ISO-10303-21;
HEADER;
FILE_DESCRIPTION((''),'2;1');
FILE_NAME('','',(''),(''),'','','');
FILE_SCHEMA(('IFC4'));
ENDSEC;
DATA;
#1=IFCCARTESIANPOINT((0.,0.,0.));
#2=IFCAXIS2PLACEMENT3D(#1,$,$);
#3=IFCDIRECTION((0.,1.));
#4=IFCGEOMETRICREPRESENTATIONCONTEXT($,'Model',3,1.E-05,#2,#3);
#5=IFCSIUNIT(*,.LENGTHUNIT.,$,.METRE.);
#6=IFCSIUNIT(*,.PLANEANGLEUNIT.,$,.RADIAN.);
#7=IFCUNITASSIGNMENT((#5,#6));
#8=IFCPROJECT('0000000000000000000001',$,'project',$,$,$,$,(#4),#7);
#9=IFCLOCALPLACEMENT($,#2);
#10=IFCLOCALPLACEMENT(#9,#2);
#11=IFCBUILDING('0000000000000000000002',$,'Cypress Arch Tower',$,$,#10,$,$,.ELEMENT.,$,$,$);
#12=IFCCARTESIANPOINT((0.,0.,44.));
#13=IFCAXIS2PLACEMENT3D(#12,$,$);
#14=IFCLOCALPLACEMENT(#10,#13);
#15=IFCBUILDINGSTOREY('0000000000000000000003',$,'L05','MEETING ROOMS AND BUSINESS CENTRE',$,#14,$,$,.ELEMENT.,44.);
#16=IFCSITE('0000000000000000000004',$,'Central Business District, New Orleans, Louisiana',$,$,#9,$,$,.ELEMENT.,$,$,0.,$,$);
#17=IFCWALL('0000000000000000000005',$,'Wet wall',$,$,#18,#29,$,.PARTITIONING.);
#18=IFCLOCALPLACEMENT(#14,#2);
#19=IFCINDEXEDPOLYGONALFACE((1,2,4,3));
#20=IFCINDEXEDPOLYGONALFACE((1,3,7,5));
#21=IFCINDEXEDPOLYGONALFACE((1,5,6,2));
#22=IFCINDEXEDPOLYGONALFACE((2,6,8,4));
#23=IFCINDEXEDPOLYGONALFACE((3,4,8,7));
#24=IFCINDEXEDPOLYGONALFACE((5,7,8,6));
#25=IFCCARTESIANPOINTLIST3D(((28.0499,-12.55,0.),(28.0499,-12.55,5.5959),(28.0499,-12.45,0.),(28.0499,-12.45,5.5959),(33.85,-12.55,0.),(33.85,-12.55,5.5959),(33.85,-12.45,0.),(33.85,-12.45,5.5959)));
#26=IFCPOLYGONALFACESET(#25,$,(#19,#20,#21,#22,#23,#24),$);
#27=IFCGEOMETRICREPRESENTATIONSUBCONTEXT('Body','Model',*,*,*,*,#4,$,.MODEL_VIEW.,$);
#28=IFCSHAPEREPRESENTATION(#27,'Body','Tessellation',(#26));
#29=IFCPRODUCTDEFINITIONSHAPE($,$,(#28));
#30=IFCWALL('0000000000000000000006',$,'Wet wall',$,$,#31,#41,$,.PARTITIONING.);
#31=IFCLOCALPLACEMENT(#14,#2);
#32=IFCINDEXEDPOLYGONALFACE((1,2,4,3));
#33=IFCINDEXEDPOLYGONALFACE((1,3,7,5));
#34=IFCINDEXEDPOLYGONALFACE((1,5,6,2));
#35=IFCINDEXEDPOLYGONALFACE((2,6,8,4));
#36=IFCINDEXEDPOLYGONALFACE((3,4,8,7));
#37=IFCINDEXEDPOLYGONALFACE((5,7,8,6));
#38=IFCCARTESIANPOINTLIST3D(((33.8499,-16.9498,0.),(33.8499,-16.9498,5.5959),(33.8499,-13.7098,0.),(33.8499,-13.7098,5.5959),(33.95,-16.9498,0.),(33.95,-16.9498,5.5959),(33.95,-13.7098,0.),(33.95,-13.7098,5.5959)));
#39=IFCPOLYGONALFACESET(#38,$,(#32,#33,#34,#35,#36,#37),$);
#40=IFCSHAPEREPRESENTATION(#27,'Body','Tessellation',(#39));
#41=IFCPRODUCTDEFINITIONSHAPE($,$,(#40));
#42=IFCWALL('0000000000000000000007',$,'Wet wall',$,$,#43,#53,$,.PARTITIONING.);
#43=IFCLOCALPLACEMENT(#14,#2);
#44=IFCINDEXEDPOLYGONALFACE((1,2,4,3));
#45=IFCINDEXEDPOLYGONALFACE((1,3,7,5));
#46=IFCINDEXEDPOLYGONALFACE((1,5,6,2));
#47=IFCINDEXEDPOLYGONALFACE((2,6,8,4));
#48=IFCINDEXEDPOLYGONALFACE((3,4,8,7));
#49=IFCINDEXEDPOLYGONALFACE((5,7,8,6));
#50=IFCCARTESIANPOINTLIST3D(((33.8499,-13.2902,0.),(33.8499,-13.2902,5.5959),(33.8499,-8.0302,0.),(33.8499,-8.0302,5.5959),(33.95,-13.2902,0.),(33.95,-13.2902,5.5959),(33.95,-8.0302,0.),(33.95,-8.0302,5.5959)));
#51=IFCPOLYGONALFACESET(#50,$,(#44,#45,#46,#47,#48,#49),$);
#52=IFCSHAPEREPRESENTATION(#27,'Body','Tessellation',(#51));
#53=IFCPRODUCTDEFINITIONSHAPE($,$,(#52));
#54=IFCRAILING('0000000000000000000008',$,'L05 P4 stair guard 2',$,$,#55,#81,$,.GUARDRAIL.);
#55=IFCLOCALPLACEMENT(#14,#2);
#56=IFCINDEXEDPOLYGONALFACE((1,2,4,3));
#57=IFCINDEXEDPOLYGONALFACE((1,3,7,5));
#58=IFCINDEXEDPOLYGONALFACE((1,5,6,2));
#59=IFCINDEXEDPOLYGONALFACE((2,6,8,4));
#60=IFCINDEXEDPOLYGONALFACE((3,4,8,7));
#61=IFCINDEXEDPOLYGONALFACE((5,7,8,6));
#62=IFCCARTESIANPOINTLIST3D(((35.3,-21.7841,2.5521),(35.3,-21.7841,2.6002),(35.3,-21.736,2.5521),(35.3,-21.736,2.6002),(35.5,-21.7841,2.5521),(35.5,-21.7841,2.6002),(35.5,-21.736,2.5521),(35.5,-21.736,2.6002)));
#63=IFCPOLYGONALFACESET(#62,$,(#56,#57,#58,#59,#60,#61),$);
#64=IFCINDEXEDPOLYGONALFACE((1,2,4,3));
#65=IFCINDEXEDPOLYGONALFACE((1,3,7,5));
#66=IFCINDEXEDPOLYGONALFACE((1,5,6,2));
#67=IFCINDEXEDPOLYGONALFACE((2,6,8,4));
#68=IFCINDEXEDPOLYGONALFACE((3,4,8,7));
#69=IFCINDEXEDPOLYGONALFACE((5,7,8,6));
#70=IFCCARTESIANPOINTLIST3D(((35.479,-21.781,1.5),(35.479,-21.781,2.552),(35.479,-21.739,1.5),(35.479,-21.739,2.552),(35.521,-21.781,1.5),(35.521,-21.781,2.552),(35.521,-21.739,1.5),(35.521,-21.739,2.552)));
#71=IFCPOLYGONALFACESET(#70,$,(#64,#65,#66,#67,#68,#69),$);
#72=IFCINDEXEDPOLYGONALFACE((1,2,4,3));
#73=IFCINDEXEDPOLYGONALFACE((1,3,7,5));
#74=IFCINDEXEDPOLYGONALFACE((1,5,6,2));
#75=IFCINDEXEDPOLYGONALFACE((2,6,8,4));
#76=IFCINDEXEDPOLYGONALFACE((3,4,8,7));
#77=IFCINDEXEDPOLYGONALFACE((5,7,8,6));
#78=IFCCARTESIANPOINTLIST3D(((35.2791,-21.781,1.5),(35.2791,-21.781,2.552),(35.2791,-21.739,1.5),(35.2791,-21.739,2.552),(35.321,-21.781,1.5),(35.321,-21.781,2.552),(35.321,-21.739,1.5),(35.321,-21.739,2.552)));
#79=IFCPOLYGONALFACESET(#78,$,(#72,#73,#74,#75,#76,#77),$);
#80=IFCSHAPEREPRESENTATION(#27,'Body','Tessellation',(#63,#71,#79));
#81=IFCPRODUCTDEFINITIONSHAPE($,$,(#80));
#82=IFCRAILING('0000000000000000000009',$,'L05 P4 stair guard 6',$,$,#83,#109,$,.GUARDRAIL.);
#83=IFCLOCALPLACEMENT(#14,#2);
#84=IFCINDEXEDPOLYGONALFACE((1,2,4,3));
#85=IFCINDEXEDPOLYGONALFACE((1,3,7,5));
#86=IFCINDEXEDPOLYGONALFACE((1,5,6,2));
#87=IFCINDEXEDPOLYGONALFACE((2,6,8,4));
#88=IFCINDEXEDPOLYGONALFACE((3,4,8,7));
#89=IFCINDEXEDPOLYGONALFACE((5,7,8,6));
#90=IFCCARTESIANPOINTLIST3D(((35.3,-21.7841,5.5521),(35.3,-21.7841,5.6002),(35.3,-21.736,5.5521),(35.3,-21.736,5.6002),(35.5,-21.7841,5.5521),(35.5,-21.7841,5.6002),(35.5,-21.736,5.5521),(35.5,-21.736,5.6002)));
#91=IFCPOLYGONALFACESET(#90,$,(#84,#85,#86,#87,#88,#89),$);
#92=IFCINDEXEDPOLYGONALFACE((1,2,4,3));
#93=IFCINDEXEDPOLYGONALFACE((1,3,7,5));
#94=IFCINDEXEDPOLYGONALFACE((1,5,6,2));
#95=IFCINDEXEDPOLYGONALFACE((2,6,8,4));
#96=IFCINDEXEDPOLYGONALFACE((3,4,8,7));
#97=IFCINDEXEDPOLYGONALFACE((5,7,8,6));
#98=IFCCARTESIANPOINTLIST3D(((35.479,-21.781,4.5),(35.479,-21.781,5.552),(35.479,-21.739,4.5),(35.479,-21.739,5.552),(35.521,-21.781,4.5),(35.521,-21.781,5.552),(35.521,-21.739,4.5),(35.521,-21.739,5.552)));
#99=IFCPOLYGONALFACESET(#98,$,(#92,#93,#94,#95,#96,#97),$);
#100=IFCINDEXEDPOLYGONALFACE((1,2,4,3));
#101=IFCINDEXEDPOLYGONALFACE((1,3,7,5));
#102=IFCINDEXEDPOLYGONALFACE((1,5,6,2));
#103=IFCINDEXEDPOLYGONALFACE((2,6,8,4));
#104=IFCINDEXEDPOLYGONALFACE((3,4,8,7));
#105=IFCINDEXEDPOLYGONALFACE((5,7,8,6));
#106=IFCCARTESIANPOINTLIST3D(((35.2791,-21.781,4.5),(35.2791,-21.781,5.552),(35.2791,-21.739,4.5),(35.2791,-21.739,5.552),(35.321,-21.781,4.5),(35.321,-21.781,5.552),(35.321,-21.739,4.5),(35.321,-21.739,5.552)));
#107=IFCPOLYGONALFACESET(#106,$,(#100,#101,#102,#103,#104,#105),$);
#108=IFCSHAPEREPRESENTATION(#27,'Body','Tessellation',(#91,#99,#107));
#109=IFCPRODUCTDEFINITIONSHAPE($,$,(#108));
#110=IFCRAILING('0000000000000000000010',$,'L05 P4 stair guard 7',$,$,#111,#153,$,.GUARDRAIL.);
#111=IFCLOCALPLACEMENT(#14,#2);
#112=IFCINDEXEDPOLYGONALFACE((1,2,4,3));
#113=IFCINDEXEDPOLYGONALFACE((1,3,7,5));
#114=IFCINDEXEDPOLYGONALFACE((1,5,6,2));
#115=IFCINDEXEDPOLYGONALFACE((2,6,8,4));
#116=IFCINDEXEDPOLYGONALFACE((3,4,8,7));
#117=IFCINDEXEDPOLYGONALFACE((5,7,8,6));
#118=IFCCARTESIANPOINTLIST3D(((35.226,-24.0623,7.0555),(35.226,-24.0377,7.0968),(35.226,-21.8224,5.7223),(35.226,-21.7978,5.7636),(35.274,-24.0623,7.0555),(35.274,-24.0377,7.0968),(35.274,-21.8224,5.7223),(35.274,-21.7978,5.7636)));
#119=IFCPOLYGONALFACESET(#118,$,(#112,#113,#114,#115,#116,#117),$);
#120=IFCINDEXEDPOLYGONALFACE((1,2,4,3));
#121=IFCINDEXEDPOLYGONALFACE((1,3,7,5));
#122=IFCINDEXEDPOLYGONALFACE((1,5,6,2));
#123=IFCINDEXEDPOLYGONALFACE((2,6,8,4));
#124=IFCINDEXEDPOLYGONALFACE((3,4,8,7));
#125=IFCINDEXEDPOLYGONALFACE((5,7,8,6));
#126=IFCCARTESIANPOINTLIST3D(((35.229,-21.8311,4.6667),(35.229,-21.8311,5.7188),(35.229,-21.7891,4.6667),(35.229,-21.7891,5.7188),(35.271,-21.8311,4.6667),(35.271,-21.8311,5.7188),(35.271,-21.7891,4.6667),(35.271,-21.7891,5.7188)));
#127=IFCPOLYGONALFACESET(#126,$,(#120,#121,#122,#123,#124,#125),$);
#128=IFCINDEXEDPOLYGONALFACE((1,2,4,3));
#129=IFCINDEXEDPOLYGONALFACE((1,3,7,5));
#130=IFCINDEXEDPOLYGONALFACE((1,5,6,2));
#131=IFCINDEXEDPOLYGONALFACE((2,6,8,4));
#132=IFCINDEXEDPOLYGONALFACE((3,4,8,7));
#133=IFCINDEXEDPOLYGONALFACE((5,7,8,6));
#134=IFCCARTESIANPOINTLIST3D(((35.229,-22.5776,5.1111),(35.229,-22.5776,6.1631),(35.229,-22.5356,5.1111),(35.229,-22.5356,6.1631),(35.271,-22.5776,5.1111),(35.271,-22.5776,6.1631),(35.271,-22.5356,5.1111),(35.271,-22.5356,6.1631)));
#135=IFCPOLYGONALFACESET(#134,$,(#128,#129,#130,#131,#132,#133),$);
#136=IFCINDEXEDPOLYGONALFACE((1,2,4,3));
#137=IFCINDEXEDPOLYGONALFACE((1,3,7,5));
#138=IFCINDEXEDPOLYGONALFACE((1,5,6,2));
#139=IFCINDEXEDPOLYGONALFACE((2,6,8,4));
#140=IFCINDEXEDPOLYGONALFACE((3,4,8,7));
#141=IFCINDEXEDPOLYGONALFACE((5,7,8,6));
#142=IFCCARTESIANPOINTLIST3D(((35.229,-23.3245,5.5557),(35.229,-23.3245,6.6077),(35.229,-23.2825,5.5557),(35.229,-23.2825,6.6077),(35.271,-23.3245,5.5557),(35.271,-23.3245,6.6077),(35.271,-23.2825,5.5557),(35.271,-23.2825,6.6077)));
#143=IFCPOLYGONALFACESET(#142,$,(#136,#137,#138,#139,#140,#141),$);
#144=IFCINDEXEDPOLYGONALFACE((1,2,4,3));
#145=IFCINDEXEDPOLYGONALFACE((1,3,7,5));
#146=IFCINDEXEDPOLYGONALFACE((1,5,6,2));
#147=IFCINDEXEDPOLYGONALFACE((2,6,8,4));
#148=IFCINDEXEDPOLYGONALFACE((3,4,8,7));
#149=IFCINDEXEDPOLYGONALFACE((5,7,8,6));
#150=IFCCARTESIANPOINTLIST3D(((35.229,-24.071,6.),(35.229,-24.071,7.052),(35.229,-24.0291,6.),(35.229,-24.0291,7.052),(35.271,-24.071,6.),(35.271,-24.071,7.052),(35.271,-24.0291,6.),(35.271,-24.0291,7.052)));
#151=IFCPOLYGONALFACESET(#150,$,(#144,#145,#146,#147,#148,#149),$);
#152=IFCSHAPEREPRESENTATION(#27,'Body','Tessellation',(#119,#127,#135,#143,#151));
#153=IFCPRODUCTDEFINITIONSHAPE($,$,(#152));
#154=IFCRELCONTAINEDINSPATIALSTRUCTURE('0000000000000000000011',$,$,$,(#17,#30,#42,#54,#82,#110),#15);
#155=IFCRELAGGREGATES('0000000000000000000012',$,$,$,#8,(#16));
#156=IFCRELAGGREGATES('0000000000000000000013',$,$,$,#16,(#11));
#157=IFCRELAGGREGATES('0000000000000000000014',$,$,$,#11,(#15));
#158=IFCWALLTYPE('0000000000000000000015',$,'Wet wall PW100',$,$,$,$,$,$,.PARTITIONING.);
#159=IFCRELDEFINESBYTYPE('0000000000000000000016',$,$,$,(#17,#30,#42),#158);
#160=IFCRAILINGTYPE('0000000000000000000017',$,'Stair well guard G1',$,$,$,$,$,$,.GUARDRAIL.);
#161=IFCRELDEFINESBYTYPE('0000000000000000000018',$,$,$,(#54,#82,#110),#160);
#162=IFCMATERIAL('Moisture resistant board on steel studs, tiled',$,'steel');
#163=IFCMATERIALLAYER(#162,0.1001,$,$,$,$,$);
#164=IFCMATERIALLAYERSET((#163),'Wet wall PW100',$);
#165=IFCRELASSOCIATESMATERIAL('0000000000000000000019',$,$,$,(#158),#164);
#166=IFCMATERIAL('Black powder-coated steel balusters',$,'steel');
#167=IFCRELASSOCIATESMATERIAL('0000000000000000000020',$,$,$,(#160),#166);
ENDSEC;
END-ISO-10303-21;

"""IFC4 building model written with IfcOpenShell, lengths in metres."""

from ifc_helpers import new_model, si_unit, direction, frame, frame_2d, origin, origin_2d, place, context, subcontext, project, spatial, rectangle, extrude, material, layer, layer_set, type_object, element, save


model = new_model("IFC4")

# Units and contexts
model_context = context("Model", 3, precision=1e-05, world=origin(), true_north=direction((0.0, 1.0)))
body_context = subcontext(model_context, "Body", "Model", "MODEL_VIEW")
ifc_project = project(units=[si_unit("LENGTHUNIT", "METRE"), si_unit("PLANEANGLEUNIT", "RADIAN")], contexts=[model_context])

# Site, building, storey
site_placement = place(None, origin())
site = spatial("IfcSite", under=ifc_project, at=site_placement, Name="Central Business District, New Orleans, Louisiana", CompositionType="ELEMENT", RefElevation=0.0)
building_placement = place(site_placement, origin())
building = spatial("IfcBuilding", under=site, at=building_placement, Name="Cypress Arch Tower", CompositionType="ELEMENT")
storey_placement = place(building_placement, frame((0.0, 0.0, 44.0)))
storey = spatial("IfcBuildingStorey", under=building, at=storey_placement, Name="L05", Description="MEETING ROOMS AND BUSINESS CENTRE", CompositionType="ELEMENT", Elevation=44.0)

# Shared definitions
ifc_material_1 = material(Name="Moisture resistant board on steel studs, tiled", Category="steel")
ifc_layer_1 = layer(ifc_material_1, 0.1001)
ifc_layer_set_1 = layer_set([ifc_layer_1], Name="Wet wall PW100")
wall_type_1 = type_object("IfcWallType", Name="Wet wall PW100", PredefinedType="PARTITIONING", material=ifc_layer_set_1)

# Walls
wall_1_placement = place(storey_placement, frame((28.05, -12.5, 0.0), z_axis=(0.0, 0.0, 1.0), x_axis=(1.0, 0.0, 0.0)))
element("IfcWall", 1, at=wall_1_placement, inside=storey, type_object=wall_type_1, Name="Wet wall", PredefinedType="PARTITIONING", context=body_context, shape_type="SweptSolid", body=[
    extrude(rectangle(XDim=5.8, YDim=0.1001, at=frame_2d((2.8999, 0.0))), origin(), (0.0, 0.0, 1.0), 5.5959),
])
wall_2_placement = place(storey_placement, frame((33.8999, -16.95, 0.0), z_axis=(0.0, 0.0, 1.0), x_axis=(0.0, 1.0, 0.0)))
element("IfcWall", 2, at=wall_2_placement, inside=storey, type_object=wall_type_1, Name="Wet wall", PredefinedType="PARTITIONING", context=body_context, shape_type="SweptSolid", body=[
    extrude(rectangle(XDim=3.24, YDim=0.1001, at=frame_2d((1.6201, 0.0))), origin(), (0.0, 0.0, 1.0), 5.5959),
])
wall_3_placement = place(storey_placement, frame((33.8999, -13.29, 0.0), z_axis=(0.0, 0.0, 1.0), x_axis=(0.0, 1.0, 0.0)))
element("IfcWall", 3, at=wall_3_placement, inside=storey, type_object=wall_type_1, Name="Wet wall", PredefinedType="PARTITIONING", context=body_context, shape_type="SweptSolid", body=[
    extrude(rectangle(XDim=5.26, YDim=0.1001, at=frame_2d((2.6299, 0.0))), origin(), (0.0, 0.0, 1.0), 5.5959),
])

# Railings
ifc_material_2 = material(Name="Black powder-coated steel balusters", Category="steel")
railing_type = type_object("IfcRailingType", Name="Stair well guard G1", PredefinedType="GUARDRAIL", material=ifc_material_2)
for number, where, name in (
    (4, (35.5, -21.76, 1.5), "L05 P4 stair guard 2"),
    (5, (35.5, -21.76, 4.5), "L05 P4 stair guard 6"),
):
    element("IfcRailing", number, at=place(storey_placement, frame(where)), inside=storey, type_object=railing_type, Name=name, PredefinedType="GUARDRAIL", context=body_context, shape_type="SweptSolid", body=[
        extrude(rectangle(XDim=0.0481, YDim=0.0481, at=origin_2d()), frame((0.0, 0.0, 1.0762), z_axis=(-1.0, 0.0, 0.0), x_axis=(0.0, -1.0, 0.0)), (0.0, 0.0, 1.0), 0.2),
        extrude(rectangle(XDim=0.042, YDim=0.042, at=origin_2d()), origin(), (0.0, 0.0, 1.0), 1.052),
        extrude(rectangle(XDim=0.042, YDim=0.042, at=origin_2d()), frame((-0.2, 0.0, 0.0)), (0.0, 0.0, 1.0), 1.052),
    ])
railing_placement = place(storey_placement, frame((35.25, -21.8101, 4.6667)))
element("IfcRailing", 6, at=railing_placement, inside=storey, type_object=railing_type, Name="L05 P4 stair guard 7", PredefinedType="GUARDRAIL", context=body_context, shape_type="SweptSolid", body=[
    extrude(rectangle(XDim=0.0481, YDim=0.0481, at=origin_2d()), frame((0.0, 0.0, 1.0762), z_axis=(0.0, -0.859306, 0.511462), x_axis=(1.0, 0.0, 0.0)), (0.0, 0.0, 1.0), 2.6067),
    extrude(rectangle(XDim=0.042, YDim=0.042, at=origin_2d()), origin(), (0.0, 0.0, 1.0), 1.052),
    extrude(rectangle(XDim=0.042, YDim=0.042, at=origin_2d()), frame((0.0, -0.7466, 0.4443)), (0.0, 0.0, 1.0), 1.052),
    extrude(rectangle(XDim=0.042, YDim=0.042, at=origin_2d()), frame((0.0, -1.4934, 0.8889)), (0.0, 0.0, 1.0), 1.052),
    extrude(rectangle(XDim=0.042, YDim=0.042, at=origin_2d()), frame((0.0, -2.24, 1.3333)), (0.0, 0.0, 1.0), 1.052),
])

save(model, "model.ifc")
